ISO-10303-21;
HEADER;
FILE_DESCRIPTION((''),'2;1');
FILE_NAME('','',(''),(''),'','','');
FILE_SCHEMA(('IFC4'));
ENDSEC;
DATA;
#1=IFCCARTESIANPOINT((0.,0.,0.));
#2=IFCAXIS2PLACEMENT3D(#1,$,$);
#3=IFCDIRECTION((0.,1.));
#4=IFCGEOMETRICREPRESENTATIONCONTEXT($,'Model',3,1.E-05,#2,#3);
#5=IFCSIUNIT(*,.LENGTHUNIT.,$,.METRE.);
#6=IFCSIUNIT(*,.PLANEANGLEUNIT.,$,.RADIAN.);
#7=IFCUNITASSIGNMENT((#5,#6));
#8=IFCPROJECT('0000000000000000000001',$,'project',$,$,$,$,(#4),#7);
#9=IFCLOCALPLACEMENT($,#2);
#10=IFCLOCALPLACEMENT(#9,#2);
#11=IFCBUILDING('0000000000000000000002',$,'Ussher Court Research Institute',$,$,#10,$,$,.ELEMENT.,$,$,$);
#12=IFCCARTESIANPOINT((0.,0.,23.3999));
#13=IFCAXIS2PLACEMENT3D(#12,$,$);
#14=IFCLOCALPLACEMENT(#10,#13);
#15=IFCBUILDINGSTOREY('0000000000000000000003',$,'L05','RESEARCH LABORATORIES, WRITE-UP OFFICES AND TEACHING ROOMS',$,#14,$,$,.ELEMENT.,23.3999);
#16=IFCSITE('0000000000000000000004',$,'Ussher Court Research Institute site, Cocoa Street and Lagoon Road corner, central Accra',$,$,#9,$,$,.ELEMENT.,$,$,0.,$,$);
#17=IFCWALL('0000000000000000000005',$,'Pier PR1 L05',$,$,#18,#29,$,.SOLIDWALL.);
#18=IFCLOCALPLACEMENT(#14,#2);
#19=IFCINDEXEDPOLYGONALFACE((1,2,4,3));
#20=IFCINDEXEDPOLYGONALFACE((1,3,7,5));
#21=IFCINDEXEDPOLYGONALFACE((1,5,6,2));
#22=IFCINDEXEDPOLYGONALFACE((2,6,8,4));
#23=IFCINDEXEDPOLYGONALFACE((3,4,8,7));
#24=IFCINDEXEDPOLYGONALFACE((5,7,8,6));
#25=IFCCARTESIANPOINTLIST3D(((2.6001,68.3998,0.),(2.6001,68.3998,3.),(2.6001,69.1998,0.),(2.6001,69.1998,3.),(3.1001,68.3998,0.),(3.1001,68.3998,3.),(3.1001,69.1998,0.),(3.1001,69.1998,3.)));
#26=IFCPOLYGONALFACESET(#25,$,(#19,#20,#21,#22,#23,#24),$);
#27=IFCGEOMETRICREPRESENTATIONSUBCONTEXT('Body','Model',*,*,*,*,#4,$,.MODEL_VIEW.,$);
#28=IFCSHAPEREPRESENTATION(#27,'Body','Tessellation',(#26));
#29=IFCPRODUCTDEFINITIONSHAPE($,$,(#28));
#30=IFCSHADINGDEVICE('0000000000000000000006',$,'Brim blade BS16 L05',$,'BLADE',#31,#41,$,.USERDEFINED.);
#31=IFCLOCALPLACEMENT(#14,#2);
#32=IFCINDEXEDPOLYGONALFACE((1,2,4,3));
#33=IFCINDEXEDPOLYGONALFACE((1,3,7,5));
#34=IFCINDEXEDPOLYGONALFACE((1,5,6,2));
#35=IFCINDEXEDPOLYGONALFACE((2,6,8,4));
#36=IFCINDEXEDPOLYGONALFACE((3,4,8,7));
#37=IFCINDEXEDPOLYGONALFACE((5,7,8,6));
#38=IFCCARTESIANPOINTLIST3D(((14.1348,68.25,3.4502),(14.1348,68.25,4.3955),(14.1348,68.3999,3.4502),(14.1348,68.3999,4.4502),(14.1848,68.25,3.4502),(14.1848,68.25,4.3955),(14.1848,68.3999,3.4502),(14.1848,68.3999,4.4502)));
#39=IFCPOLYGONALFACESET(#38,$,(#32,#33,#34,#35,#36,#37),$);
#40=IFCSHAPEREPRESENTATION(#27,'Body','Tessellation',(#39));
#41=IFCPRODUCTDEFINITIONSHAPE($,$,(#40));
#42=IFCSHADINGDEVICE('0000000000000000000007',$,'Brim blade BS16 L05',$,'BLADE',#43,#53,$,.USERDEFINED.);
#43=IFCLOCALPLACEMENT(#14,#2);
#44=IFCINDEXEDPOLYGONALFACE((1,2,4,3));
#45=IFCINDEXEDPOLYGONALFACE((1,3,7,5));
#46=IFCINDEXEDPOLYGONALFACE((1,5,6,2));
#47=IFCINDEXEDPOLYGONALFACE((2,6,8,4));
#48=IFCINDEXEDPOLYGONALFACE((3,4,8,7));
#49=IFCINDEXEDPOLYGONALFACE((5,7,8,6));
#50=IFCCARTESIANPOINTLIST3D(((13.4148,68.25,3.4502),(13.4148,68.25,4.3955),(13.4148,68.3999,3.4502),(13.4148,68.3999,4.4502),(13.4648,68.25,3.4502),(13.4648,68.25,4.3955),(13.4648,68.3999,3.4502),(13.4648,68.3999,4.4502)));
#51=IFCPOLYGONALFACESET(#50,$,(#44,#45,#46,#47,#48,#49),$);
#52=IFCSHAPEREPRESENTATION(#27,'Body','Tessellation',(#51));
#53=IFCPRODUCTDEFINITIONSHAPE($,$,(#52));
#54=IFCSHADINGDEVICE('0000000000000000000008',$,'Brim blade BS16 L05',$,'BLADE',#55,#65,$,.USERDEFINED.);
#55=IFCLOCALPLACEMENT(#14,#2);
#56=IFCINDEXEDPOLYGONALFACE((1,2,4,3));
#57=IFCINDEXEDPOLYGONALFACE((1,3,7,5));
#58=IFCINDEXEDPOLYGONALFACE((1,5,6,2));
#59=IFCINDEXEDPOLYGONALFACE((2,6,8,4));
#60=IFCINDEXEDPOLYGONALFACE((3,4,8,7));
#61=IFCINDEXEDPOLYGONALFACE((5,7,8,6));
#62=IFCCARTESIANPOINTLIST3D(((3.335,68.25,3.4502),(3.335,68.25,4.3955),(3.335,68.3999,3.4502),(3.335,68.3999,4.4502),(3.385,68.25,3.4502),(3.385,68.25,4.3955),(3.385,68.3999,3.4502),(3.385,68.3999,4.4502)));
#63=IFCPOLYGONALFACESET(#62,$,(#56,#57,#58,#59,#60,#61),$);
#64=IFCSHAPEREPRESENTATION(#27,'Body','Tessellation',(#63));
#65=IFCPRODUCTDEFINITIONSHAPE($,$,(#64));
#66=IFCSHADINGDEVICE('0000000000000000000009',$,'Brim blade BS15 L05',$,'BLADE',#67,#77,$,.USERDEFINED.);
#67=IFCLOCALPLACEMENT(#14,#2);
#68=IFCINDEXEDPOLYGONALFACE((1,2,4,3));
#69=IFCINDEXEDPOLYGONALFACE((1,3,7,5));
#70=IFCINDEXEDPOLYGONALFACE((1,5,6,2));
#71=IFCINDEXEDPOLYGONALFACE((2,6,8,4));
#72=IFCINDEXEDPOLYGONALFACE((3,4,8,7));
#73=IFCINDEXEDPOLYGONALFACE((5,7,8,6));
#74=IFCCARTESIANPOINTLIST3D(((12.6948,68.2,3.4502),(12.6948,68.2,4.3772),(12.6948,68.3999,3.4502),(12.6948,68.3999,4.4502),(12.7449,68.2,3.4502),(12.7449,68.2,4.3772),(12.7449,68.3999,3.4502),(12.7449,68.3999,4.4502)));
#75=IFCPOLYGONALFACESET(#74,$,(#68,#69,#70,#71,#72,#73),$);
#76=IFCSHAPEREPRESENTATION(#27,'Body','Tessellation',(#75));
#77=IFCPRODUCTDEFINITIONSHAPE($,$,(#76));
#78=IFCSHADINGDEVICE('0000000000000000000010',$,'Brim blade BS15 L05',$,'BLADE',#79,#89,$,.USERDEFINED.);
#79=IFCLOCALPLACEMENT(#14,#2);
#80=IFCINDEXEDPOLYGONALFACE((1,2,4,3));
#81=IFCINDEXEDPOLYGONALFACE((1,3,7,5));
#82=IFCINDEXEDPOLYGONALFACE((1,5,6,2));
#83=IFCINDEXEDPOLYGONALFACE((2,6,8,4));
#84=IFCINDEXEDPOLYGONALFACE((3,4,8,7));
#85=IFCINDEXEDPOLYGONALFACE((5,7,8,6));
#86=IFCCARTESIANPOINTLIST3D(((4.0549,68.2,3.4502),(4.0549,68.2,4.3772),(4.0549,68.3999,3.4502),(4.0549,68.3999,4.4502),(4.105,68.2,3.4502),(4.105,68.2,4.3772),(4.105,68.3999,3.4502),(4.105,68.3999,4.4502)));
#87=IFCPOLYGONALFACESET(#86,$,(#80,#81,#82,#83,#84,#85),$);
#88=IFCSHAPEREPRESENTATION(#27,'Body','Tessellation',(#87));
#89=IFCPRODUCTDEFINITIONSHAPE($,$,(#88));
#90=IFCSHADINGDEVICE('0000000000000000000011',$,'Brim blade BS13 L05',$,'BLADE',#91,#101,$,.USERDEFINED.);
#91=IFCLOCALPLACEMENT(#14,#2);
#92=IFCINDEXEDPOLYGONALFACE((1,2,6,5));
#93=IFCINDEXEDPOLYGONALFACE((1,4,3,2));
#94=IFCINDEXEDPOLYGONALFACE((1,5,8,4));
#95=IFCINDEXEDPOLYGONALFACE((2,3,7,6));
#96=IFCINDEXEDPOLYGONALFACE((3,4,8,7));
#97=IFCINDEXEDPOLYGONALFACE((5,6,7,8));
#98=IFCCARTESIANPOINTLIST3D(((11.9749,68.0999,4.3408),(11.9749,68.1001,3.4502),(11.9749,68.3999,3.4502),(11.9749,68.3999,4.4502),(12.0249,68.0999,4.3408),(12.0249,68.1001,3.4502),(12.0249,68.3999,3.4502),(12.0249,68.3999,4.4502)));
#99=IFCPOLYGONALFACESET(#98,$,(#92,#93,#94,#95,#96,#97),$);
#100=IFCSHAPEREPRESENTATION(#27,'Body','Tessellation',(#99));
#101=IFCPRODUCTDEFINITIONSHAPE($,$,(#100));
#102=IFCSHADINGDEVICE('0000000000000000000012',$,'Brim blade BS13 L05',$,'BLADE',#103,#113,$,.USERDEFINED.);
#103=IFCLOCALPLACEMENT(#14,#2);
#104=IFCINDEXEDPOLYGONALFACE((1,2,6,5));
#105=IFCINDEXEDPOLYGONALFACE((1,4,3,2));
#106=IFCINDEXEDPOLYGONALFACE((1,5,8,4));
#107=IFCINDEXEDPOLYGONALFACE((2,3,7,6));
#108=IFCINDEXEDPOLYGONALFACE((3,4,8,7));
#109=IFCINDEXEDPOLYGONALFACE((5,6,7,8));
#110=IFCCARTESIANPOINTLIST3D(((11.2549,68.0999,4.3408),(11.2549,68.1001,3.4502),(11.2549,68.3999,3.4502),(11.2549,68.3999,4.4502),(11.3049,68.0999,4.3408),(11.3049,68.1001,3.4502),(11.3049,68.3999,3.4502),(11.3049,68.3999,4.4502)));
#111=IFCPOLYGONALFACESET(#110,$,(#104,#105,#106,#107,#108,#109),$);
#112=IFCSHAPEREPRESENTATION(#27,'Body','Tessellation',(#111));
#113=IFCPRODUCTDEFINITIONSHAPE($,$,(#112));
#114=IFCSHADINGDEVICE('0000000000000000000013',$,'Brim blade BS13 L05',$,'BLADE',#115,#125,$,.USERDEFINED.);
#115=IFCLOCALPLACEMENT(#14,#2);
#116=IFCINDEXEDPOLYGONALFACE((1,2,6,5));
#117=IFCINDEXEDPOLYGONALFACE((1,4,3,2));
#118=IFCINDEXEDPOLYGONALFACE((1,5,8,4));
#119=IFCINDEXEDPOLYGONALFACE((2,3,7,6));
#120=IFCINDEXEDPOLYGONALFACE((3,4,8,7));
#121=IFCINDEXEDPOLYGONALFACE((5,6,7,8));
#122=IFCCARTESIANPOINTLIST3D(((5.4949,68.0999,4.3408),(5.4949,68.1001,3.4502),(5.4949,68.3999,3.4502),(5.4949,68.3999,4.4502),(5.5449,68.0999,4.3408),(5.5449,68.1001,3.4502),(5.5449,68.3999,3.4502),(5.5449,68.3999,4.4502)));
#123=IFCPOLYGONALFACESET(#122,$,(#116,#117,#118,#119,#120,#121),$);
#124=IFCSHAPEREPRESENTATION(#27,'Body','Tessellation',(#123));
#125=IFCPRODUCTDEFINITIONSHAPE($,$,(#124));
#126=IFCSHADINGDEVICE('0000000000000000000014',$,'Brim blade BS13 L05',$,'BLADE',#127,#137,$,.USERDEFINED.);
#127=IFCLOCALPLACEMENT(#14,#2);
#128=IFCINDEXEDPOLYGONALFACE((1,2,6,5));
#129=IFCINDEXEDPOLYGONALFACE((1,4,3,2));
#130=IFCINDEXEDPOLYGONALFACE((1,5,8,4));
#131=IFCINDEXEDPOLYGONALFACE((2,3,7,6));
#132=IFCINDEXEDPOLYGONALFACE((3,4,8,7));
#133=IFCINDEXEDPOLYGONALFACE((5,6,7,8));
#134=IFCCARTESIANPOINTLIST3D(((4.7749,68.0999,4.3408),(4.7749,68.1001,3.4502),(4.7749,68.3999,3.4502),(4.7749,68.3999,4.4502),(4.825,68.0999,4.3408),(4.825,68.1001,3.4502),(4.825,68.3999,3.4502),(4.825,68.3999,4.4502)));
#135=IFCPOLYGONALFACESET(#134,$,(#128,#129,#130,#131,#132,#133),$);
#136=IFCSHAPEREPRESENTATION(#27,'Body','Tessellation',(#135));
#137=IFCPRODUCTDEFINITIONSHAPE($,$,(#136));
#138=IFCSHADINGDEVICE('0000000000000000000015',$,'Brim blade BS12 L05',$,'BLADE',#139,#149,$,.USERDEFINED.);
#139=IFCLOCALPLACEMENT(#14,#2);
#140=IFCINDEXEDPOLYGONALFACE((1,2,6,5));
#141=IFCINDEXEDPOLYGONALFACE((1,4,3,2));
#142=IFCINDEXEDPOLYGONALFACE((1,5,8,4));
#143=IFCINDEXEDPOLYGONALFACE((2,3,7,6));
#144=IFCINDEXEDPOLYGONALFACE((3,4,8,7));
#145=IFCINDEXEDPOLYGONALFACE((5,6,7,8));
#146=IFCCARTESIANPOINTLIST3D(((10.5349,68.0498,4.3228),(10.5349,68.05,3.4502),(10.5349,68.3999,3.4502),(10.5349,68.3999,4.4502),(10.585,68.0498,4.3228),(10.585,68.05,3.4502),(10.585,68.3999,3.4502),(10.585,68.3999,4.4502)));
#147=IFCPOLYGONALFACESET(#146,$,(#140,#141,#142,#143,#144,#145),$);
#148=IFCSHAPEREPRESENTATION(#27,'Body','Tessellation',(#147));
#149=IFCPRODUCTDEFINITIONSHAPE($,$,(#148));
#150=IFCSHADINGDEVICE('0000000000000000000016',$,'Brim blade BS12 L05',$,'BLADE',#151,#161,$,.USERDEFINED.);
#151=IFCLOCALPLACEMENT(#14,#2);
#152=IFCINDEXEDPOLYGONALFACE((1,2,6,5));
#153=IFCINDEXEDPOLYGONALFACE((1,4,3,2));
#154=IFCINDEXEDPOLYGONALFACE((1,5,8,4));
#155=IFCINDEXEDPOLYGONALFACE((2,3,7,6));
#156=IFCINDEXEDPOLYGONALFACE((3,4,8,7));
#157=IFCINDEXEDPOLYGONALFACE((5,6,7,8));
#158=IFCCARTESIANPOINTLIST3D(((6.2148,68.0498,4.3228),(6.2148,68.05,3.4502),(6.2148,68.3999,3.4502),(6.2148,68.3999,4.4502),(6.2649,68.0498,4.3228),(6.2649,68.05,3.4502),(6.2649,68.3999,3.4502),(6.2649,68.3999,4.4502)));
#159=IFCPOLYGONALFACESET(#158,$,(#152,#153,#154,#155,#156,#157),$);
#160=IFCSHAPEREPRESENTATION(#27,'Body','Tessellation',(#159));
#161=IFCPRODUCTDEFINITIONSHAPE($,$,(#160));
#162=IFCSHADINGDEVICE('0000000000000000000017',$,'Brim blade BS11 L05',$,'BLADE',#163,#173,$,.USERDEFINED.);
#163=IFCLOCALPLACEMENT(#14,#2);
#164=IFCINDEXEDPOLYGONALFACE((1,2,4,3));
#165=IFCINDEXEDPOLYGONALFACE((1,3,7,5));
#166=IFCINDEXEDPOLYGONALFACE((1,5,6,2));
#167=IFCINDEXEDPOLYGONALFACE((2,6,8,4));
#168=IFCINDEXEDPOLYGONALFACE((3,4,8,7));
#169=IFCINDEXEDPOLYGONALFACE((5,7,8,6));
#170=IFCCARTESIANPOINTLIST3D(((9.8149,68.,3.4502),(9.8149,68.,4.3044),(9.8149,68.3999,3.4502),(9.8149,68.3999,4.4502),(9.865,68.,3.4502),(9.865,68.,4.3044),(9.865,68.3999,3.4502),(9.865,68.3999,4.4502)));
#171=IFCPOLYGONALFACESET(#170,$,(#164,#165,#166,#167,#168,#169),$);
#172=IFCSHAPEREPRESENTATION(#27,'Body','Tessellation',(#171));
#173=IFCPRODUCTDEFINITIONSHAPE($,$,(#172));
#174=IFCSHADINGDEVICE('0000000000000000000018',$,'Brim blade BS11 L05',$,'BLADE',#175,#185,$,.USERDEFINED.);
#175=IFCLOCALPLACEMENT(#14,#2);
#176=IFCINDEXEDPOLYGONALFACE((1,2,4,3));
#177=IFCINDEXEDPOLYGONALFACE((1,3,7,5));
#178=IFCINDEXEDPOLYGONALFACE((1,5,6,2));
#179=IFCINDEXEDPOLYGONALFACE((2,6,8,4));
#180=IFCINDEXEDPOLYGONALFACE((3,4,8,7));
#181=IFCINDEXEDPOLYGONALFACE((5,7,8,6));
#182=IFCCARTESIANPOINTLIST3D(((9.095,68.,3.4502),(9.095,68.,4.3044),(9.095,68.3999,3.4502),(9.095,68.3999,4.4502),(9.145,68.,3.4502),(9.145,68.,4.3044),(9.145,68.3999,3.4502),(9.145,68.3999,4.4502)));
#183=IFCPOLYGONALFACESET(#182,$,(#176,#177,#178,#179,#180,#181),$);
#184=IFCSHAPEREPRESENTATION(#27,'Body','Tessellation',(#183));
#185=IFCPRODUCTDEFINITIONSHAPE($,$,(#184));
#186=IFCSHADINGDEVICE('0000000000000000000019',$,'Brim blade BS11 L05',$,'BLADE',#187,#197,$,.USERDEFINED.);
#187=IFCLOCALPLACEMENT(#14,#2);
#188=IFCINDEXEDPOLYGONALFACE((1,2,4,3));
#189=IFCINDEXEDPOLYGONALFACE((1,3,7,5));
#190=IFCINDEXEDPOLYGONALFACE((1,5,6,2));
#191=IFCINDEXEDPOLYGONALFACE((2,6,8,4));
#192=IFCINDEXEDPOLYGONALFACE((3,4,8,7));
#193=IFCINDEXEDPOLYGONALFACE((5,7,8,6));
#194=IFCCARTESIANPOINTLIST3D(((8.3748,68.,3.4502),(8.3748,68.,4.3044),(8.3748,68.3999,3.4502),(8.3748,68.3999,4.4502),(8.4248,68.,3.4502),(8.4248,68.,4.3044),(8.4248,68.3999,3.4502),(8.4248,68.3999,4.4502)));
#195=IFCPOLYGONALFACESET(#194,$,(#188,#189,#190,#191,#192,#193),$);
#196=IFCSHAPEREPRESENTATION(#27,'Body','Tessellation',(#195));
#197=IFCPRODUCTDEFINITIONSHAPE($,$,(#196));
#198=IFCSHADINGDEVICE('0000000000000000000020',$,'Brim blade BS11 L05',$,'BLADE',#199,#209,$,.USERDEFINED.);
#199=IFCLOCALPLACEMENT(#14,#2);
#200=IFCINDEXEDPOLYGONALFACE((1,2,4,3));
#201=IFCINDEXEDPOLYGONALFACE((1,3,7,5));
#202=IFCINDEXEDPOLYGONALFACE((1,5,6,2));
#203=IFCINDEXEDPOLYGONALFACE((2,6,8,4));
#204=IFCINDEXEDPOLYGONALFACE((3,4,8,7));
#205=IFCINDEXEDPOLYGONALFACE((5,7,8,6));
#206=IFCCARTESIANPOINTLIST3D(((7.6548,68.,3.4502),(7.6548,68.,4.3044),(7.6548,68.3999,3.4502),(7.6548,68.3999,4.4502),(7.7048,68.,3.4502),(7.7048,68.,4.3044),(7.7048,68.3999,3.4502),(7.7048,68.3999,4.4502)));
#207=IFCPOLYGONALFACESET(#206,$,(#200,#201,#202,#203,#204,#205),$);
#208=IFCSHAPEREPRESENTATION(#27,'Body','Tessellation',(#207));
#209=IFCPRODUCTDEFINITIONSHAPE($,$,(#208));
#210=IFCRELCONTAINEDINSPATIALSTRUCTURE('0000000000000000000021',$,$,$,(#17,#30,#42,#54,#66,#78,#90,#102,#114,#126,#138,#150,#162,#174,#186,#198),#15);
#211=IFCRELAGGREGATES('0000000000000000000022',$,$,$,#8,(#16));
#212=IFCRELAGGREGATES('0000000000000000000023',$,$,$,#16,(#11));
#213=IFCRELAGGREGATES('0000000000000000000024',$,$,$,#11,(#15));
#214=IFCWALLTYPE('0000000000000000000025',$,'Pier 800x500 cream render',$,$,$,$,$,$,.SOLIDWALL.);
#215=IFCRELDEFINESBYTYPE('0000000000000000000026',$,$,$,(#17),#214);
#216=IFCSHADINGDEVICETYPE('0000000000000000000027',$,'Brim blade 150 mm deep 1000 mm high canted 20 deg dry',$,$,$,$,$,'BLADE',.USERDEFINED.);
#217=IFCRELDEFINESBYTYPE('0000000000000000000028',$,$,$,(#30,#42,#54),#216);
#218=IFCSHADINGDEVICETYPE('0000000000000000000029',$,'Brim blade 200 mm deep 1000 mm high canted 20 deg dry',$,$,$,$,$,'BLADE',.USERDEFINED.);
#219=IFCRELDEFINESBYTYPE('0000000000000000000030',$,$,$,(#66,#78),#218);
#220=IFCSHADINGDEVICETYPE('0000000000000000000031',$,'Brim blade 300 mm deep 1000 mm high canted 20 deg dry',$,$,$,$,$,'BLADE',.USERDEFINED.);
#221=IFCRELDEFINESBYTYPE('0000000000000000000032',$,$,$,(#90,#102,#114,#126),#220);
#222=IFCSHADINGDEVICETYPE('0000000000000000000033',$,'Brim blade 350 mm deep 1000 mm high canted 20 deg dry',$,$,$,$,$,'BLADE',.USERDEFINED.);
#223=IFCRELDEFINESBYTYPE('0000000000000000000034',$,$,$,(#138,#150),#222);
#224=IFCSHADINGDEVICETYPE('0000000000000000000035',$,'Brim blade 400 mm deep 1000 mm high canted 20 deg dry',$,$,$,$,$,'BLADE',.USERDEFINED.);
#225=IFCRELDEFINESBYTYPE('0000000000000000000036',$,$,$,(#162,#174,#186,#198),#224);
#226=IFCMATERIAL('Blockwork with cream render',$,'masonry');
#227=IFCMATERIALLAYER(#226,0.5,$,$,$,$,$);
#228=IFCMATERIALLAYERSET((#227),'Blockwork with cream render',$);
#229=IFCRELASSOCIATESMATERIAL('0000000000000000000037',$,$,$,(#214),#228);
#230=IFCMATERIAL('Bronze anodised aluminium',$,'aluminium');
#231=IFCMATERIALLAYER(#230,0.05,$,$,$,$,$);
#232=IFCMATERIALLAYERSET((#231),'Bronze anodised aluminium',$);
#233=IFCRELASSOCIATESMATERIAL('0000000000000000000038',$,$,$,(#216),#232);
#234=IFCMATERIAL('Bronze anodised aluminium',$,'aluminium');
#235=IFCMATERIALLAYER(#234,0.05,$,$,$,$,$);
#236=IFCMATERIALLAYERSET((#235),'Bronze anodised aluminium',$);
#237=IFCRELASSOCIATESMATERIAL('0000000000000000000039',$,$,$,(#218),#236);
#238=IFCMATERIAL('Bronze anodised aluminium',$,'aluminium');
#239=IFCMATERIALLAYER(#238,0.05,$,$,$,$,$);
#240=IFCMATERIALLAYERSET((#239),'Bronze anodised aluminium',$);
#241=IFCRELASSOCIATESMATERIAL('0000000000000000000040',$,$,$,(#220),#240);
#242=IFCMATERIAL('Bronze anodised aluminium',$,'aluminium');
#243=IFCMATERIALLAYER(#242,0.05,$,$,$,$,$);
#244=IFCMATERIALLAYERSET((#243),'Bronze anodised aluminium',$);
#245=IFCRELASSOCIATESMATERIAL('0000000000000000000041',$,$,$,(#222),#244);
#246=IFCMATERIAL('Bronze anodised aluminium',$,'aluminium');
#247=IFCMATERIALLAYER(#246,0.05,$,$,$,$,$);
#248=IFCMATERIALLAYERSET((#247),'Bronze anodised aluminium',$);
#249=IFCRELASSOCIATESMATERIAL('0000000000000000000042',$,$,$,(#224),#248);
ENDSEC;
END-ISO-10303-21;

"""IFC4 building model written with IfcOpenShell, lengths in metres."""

from ifc_helpers import new_model, si_unit, direction, frame, frame_2d, origin, place, context, subcontext, project, spatial, polyline, rectangle, outline, extrude, material, layer, layer_set, type_object, element, save


model = new_model("IFC4")

# Units and contexts
model_context = context("Model", 3, precision=1e-05, world=origin(), true_north=direction((0.0, 1.0)))
body_context = subcontext(model_context, "Body", "Model", "MODEL_VIEW")
ifc_project = project(units=[si_unit("LENGTHUNIT", "METRE"), si_unit("PLANEANGLEUNIT", "RADIAN")], contexts=[model_context])

# Site, building, storey
site_placement = place(None, origin())
site = spatial("IfcSite", under=ifc_project, at=site_placement, Name="Ussher Court Research Institute site, Cocoa Street and Lagoon Road corner, central Accra", CompositionType="ELEMENT", RefElevation=0.0)
building_placement = place(site_placement, origin())
building = spatial("IfcBuilding", under=site, at=building_placement, Name="Ussher Court Research Institute", CompositionType="ELEMENT")
storey_placement = place(building_placement, frame((0.0, 0.0, 23.3999)))
storey = spatial("IfcBuildingStorey", under=building, at=storey_placement, Name="L05", Description="RESEARCH LABORATORIES, WRITE-UP OFFICES AND TEACHING ROOMS", CompositionType="ELEMENT", Elevation=23.3999)

# Wall
ifc_material_1 = material(Name="Blockwork with cream render", Category="masonry")
ifc_layer_1 = layer(ifc_material_1, 0.5)
ifc_layer_set_1 = layer_set([ifc_layer_1], Name="Blockwork with cream render")
wall_type = type_object("IfcWallType", Name="Pier 800x500 cream render", PredefinedType="SOLIDWALL", material=ifc_layer_set_1)
wall_placement = place(storey_placement, frame((2.8501, 68.3999, 0.0), z_axis=(0.0, 0.0, 1.0), x_axis=(0.0, 1.0, 0.0)))
element("IfcWall", 1, at=wall_placement, inside=storey, type_object=wall_type, Name="Pier PR1 L05", PredefinedType="SOLIDWALL", context=body_context, shape_type="SweptSolid", body=[
    extrude(rectangle(XDim=0.8, YDim=0.5, at=frame_2d((0.3999, 0.0))), origin(), (0.0, 0.0, 1.0), 3.0),
])

# Shading devices
ifc_material_2 = material(Name="Bronze anodised aluminium", Category="aluminium")
ifc_layer_2 = layer(ifc_material_2, 0.05)
ifc_layer_set_2 = layer_set([ifc_layer_2], Name="Bronze anodised aluminium")
shading_device_type_1 = type_object("IfcShadingDeviceType", Name="Brim blade 150 mm deep 1000 mm high canted 20 deg dry", ElementType="BLADE", PredefinedType="USERDEFINED", material=ifc_layer_set_2)
for number, where, z_axis, x_axis, name in (
    (2, (14.1599, 68.3999, 3.4502), (0.0, 0.0, 1.0), (0.0, -1.0, 0.0), "Brim blade BS16 L05"),
    (3, (13.4399, 68.3999, 3.4502), (0.0, 0.0, 1.0), (0.0, -1.0, 0.0), "Brim blade BS16 L05"),
    (4, (3.3601, 68.3999, 3.4502), (0.0, 0.0, 1.0), (0.0, -1.0, 0.0), "Brim blade BS16 L05"),
):
    element("IfcShadingDevice", number, at=place(storey_placement, frame(where, z_axis=z_axis, x_axis=x_axis)), inside=storey, type_object=shading_device_type_1, Name=name, ObjectType="BLADE", PredefinedType="USERDEFINED", context=body_context, shape_type="SweptSolid", body=[
        extrude(outline(polyline([(0.0, 0.0), (0.1499, 0.0), (0.1499, 0.9453), (0.0, 1.0), (0.0, 0.0)])), frame((0.0, 0.0249, 0.0), z_axis=(0.0, -1.0, 0.0), x_axis=(1.0, 0.0, 0.0)), (0.0, 0.0, 1.0), 0.05),
    ])
ifc_material_3 = material(Name="Bronze anodised aluminium", Category="aluminium")
ifc_layer_3 = layer(ifc_material_3, 0.05)
ifc_layer_set_3 = layer_set([ifc_layer_3], Name="Bronze anodised aluminium")
shading_device_type_2 = type_object("IfcShadingDeviceType", Name="Brim blade 200 mm deep 1000 mm high canted 20 deg dry", ElementType="BLADE", PredefinedType="USERDEFINED", material=ifc_layer_set_3)
for number, where, z_axis, x_axis, name in (
    (5, (12.72, 68.3999, 3.4502), (0.0, 0.0, 1.0), (0.0, -1.0, 0.0), "Brim blade BS15 L05"),
    (6, (4.0801, 68.3999, 3.4502), (0.0, 0.0, 1.0), (0.0, -1.0, 0.0), "Brim blade BS15 L05"),
):
    element("IfcShadingDevice", number, at=place(storey_placement, frame(where, z_axis=z_axis, x_axis=x_axis)), inside=storey, type_object=shading_device_type_2, Name=name, ObjectType="BLADE", PredefinedType="USERDEFINED", context=body_context, shape_type="SweptSolid", body=[
        extrude(outline(polyline([(0.0, 0.0), (0.2, 0.0), (0.2, 0.927), (0.0, 1.0), (0.0, 0.0)])), frame((0.0, 0.0249, 0.0), z_axis=(0.0, -1.0, 0.0), x_axis=(1.0, 0.0, 0.0)), (0.0, 0.0, 1.0), 0.05),
    ])
ifc_material_4 = material(Name="Bronze anodised aluminium", Category="aluminium")
ifc_layer_4 = layer(ifc_material_4, 0.05)
ifc_layer_set_4 = layer_set([ifc_layer_4], Name="Bronze anodised aluminium")
shading_device_type_3 = type_object("IfcShadingDeviceType", Name="Brim blade 300 mm deep 1000 mm high canted 20 deg dry", ElementType="BLADE", PredefinedType="USERDEFINED", material=ifc_layer_set_4)
for number, where, z_axis, x_axis, name in (
    (7, (12.0, 68.3999, 3.4502), (0.0, 0.0, 1.0), (0.0, -1.0, 0.0), "Brim blade BS13 L05"),
    (8, (11.28, 68.3999, 3.4502), (0.0, 0.0, 1.0), (0.0, -1.0, 0.0), "Brim blade BS13 L05"),
    (9, (5.52, 68.3999, 3.4502), (0.0, 0.0, 1.0), (0.0, -1.0, 0.0), "Brim blade BS13 L05"),
    (10, (4.8, 68.3999, 3.4502), (0.0, 0.0, 1.0), (0.0, -1.0, 0.0), "Brim blade BS13 L05"),
):
    element("IfcShadingDevice", number, at=place(storey_placement, frame(where, z_axis=z_axis, x_axis=x_axis)), inside=storey, type_object=shading_device_type_3, Name=name, ObjectType="BLADE", PredefinedType="USERDEFINED", context=body_context, shape_type="SweptSolid", body=[
        extrude(outline(polyline([(0.0, 0.0), (0.2998, 0.0), (0.3, 0.8906), (0.0, 1.0), (0.0, 0.0)])), frame((0.0, 0.0249, 0.0), z_axis=(0.0, -1.0, 0.0), x_axis=(1.0, 0.0, 0.0)), (0.0, 0.0, 1.0), 0.05),
    ])
ifc_material_5 = material(Name="Bronze anodised aluminium", Category="aluminium")
ifc_layer_5 = layer(ifc_material_5, 0.05)
ifc_layer_set_5 = layer_set([ifc_layer_5], Name="Bronze anodised aluminium")
shading_device_type_4 = type_object("IfcShadingDeviceType", Name="Brim blade 350 mm deep 1000 mm high canted 20 deg dry", ElementType="BLADE", PredefinedType="USERDEFINED", material=ifc_layer_set_5)
for number, where, z_axis, x_axis, name in (
    (11, (10.5601, 68.3999, 3.4502), (0.0, 0.0, 1.0), (0.0, -1.0, 0.0), "Brim blade BS12 L05"),
    (12, (6.24, 68.3999, 3.4502), (0.0, 0.0, 1.0), (0.0, -1.0, 0.0), "Brim blade BS12 L05"),
):
    element("IfcShadingDevice", number, at=place(storey_placement, frame(where, z_axis=z_axis, x_axis=x_axis)), inside=storey, type_object=shading_device_type_4, Name=name, ObjectType="BLADE", PredefinedType="USERDEFINED", context=body_context, shape_type="SweptSolid", body=[
        extrude(outline(polyline([(0.0, 0.0), (0.3499, 0.0), (0.3501, 0.8726), (0.0, 1.0), (0.0, 0.0)])), frame((0.0, 0.0249, 0.0), z_axis=(0.0, -1.0, 0.0), x_axis=(1.0, 0.0, 0.0)), (0.0, 0.0, 1.0), 0.05),
    ])
ifc_material_6 = material(Name="Bronze anodised aluminium", Category="aluminium")
ifc_layer_6 = layer(ifc_material_6, 0.05)
ifc_layer_set_6 = layer_set([ifc_layer_6], Name="Bronze anodised aluminium")
shading_device_type_5 = type_object("IfcShadingDeviceType", Name="Brim blade 400 mm deep 1000 mm high canted 20 deg dry", ElementType="BLADE", PredefinedType="USERDEFINED", material=ifc_layer_set_6)
for number, where, z_axis, x_axis, name in (
    (13, (9.8401, 68.3999, 3.4502), (0.0, 0.0, 1.0), (0.0, -1.0, 0.0), "Brim blade BS11 L05"),
    (14, (9.1201, 68.3999, 3.4502), (0.0, 0.0, 1.0), (0.0, -1.0, 0.0), "Brim blade BS11 L05"),
    (15, (8.3999, 68.3999, 3.4502), (0.0, 0.0, 1.0), (0.0, -1.0, 0.0), "Brim blade BS11 L05"),
    (16, (7.6799, 68.3999, 3.4502), (0.0, 0.0, 1.0), (0.0, -1.0, 0.0), "Brim blade BS11 L05"),
):
    element("IfcShadingDevice", number, at=place(storey_placement, frame(where, z_axis=z_axis, x_axis=x_axis)), inside=storey, type_object=shading_device_type_5, Name=name, ObjectType="BLADE", PredefinedType="USERDEFINED", context=body_context, shape_type="SweptSolid", body=[
        extrude(outline(polyline([(0.0, 0.0), (0.3999, 0.0), (0.3999, 0.8542), (0.0, 1.0), (0.0, 0.0)])), frame((0.0, 0.0249, 0.0), z_axis=(0.0, -1.0, 0.0), x_axis=(1.0, 0.0, 0.0)), (0.0, 0.0, 1.0), 0.05),
    ])

save(model, "model.ifc")
